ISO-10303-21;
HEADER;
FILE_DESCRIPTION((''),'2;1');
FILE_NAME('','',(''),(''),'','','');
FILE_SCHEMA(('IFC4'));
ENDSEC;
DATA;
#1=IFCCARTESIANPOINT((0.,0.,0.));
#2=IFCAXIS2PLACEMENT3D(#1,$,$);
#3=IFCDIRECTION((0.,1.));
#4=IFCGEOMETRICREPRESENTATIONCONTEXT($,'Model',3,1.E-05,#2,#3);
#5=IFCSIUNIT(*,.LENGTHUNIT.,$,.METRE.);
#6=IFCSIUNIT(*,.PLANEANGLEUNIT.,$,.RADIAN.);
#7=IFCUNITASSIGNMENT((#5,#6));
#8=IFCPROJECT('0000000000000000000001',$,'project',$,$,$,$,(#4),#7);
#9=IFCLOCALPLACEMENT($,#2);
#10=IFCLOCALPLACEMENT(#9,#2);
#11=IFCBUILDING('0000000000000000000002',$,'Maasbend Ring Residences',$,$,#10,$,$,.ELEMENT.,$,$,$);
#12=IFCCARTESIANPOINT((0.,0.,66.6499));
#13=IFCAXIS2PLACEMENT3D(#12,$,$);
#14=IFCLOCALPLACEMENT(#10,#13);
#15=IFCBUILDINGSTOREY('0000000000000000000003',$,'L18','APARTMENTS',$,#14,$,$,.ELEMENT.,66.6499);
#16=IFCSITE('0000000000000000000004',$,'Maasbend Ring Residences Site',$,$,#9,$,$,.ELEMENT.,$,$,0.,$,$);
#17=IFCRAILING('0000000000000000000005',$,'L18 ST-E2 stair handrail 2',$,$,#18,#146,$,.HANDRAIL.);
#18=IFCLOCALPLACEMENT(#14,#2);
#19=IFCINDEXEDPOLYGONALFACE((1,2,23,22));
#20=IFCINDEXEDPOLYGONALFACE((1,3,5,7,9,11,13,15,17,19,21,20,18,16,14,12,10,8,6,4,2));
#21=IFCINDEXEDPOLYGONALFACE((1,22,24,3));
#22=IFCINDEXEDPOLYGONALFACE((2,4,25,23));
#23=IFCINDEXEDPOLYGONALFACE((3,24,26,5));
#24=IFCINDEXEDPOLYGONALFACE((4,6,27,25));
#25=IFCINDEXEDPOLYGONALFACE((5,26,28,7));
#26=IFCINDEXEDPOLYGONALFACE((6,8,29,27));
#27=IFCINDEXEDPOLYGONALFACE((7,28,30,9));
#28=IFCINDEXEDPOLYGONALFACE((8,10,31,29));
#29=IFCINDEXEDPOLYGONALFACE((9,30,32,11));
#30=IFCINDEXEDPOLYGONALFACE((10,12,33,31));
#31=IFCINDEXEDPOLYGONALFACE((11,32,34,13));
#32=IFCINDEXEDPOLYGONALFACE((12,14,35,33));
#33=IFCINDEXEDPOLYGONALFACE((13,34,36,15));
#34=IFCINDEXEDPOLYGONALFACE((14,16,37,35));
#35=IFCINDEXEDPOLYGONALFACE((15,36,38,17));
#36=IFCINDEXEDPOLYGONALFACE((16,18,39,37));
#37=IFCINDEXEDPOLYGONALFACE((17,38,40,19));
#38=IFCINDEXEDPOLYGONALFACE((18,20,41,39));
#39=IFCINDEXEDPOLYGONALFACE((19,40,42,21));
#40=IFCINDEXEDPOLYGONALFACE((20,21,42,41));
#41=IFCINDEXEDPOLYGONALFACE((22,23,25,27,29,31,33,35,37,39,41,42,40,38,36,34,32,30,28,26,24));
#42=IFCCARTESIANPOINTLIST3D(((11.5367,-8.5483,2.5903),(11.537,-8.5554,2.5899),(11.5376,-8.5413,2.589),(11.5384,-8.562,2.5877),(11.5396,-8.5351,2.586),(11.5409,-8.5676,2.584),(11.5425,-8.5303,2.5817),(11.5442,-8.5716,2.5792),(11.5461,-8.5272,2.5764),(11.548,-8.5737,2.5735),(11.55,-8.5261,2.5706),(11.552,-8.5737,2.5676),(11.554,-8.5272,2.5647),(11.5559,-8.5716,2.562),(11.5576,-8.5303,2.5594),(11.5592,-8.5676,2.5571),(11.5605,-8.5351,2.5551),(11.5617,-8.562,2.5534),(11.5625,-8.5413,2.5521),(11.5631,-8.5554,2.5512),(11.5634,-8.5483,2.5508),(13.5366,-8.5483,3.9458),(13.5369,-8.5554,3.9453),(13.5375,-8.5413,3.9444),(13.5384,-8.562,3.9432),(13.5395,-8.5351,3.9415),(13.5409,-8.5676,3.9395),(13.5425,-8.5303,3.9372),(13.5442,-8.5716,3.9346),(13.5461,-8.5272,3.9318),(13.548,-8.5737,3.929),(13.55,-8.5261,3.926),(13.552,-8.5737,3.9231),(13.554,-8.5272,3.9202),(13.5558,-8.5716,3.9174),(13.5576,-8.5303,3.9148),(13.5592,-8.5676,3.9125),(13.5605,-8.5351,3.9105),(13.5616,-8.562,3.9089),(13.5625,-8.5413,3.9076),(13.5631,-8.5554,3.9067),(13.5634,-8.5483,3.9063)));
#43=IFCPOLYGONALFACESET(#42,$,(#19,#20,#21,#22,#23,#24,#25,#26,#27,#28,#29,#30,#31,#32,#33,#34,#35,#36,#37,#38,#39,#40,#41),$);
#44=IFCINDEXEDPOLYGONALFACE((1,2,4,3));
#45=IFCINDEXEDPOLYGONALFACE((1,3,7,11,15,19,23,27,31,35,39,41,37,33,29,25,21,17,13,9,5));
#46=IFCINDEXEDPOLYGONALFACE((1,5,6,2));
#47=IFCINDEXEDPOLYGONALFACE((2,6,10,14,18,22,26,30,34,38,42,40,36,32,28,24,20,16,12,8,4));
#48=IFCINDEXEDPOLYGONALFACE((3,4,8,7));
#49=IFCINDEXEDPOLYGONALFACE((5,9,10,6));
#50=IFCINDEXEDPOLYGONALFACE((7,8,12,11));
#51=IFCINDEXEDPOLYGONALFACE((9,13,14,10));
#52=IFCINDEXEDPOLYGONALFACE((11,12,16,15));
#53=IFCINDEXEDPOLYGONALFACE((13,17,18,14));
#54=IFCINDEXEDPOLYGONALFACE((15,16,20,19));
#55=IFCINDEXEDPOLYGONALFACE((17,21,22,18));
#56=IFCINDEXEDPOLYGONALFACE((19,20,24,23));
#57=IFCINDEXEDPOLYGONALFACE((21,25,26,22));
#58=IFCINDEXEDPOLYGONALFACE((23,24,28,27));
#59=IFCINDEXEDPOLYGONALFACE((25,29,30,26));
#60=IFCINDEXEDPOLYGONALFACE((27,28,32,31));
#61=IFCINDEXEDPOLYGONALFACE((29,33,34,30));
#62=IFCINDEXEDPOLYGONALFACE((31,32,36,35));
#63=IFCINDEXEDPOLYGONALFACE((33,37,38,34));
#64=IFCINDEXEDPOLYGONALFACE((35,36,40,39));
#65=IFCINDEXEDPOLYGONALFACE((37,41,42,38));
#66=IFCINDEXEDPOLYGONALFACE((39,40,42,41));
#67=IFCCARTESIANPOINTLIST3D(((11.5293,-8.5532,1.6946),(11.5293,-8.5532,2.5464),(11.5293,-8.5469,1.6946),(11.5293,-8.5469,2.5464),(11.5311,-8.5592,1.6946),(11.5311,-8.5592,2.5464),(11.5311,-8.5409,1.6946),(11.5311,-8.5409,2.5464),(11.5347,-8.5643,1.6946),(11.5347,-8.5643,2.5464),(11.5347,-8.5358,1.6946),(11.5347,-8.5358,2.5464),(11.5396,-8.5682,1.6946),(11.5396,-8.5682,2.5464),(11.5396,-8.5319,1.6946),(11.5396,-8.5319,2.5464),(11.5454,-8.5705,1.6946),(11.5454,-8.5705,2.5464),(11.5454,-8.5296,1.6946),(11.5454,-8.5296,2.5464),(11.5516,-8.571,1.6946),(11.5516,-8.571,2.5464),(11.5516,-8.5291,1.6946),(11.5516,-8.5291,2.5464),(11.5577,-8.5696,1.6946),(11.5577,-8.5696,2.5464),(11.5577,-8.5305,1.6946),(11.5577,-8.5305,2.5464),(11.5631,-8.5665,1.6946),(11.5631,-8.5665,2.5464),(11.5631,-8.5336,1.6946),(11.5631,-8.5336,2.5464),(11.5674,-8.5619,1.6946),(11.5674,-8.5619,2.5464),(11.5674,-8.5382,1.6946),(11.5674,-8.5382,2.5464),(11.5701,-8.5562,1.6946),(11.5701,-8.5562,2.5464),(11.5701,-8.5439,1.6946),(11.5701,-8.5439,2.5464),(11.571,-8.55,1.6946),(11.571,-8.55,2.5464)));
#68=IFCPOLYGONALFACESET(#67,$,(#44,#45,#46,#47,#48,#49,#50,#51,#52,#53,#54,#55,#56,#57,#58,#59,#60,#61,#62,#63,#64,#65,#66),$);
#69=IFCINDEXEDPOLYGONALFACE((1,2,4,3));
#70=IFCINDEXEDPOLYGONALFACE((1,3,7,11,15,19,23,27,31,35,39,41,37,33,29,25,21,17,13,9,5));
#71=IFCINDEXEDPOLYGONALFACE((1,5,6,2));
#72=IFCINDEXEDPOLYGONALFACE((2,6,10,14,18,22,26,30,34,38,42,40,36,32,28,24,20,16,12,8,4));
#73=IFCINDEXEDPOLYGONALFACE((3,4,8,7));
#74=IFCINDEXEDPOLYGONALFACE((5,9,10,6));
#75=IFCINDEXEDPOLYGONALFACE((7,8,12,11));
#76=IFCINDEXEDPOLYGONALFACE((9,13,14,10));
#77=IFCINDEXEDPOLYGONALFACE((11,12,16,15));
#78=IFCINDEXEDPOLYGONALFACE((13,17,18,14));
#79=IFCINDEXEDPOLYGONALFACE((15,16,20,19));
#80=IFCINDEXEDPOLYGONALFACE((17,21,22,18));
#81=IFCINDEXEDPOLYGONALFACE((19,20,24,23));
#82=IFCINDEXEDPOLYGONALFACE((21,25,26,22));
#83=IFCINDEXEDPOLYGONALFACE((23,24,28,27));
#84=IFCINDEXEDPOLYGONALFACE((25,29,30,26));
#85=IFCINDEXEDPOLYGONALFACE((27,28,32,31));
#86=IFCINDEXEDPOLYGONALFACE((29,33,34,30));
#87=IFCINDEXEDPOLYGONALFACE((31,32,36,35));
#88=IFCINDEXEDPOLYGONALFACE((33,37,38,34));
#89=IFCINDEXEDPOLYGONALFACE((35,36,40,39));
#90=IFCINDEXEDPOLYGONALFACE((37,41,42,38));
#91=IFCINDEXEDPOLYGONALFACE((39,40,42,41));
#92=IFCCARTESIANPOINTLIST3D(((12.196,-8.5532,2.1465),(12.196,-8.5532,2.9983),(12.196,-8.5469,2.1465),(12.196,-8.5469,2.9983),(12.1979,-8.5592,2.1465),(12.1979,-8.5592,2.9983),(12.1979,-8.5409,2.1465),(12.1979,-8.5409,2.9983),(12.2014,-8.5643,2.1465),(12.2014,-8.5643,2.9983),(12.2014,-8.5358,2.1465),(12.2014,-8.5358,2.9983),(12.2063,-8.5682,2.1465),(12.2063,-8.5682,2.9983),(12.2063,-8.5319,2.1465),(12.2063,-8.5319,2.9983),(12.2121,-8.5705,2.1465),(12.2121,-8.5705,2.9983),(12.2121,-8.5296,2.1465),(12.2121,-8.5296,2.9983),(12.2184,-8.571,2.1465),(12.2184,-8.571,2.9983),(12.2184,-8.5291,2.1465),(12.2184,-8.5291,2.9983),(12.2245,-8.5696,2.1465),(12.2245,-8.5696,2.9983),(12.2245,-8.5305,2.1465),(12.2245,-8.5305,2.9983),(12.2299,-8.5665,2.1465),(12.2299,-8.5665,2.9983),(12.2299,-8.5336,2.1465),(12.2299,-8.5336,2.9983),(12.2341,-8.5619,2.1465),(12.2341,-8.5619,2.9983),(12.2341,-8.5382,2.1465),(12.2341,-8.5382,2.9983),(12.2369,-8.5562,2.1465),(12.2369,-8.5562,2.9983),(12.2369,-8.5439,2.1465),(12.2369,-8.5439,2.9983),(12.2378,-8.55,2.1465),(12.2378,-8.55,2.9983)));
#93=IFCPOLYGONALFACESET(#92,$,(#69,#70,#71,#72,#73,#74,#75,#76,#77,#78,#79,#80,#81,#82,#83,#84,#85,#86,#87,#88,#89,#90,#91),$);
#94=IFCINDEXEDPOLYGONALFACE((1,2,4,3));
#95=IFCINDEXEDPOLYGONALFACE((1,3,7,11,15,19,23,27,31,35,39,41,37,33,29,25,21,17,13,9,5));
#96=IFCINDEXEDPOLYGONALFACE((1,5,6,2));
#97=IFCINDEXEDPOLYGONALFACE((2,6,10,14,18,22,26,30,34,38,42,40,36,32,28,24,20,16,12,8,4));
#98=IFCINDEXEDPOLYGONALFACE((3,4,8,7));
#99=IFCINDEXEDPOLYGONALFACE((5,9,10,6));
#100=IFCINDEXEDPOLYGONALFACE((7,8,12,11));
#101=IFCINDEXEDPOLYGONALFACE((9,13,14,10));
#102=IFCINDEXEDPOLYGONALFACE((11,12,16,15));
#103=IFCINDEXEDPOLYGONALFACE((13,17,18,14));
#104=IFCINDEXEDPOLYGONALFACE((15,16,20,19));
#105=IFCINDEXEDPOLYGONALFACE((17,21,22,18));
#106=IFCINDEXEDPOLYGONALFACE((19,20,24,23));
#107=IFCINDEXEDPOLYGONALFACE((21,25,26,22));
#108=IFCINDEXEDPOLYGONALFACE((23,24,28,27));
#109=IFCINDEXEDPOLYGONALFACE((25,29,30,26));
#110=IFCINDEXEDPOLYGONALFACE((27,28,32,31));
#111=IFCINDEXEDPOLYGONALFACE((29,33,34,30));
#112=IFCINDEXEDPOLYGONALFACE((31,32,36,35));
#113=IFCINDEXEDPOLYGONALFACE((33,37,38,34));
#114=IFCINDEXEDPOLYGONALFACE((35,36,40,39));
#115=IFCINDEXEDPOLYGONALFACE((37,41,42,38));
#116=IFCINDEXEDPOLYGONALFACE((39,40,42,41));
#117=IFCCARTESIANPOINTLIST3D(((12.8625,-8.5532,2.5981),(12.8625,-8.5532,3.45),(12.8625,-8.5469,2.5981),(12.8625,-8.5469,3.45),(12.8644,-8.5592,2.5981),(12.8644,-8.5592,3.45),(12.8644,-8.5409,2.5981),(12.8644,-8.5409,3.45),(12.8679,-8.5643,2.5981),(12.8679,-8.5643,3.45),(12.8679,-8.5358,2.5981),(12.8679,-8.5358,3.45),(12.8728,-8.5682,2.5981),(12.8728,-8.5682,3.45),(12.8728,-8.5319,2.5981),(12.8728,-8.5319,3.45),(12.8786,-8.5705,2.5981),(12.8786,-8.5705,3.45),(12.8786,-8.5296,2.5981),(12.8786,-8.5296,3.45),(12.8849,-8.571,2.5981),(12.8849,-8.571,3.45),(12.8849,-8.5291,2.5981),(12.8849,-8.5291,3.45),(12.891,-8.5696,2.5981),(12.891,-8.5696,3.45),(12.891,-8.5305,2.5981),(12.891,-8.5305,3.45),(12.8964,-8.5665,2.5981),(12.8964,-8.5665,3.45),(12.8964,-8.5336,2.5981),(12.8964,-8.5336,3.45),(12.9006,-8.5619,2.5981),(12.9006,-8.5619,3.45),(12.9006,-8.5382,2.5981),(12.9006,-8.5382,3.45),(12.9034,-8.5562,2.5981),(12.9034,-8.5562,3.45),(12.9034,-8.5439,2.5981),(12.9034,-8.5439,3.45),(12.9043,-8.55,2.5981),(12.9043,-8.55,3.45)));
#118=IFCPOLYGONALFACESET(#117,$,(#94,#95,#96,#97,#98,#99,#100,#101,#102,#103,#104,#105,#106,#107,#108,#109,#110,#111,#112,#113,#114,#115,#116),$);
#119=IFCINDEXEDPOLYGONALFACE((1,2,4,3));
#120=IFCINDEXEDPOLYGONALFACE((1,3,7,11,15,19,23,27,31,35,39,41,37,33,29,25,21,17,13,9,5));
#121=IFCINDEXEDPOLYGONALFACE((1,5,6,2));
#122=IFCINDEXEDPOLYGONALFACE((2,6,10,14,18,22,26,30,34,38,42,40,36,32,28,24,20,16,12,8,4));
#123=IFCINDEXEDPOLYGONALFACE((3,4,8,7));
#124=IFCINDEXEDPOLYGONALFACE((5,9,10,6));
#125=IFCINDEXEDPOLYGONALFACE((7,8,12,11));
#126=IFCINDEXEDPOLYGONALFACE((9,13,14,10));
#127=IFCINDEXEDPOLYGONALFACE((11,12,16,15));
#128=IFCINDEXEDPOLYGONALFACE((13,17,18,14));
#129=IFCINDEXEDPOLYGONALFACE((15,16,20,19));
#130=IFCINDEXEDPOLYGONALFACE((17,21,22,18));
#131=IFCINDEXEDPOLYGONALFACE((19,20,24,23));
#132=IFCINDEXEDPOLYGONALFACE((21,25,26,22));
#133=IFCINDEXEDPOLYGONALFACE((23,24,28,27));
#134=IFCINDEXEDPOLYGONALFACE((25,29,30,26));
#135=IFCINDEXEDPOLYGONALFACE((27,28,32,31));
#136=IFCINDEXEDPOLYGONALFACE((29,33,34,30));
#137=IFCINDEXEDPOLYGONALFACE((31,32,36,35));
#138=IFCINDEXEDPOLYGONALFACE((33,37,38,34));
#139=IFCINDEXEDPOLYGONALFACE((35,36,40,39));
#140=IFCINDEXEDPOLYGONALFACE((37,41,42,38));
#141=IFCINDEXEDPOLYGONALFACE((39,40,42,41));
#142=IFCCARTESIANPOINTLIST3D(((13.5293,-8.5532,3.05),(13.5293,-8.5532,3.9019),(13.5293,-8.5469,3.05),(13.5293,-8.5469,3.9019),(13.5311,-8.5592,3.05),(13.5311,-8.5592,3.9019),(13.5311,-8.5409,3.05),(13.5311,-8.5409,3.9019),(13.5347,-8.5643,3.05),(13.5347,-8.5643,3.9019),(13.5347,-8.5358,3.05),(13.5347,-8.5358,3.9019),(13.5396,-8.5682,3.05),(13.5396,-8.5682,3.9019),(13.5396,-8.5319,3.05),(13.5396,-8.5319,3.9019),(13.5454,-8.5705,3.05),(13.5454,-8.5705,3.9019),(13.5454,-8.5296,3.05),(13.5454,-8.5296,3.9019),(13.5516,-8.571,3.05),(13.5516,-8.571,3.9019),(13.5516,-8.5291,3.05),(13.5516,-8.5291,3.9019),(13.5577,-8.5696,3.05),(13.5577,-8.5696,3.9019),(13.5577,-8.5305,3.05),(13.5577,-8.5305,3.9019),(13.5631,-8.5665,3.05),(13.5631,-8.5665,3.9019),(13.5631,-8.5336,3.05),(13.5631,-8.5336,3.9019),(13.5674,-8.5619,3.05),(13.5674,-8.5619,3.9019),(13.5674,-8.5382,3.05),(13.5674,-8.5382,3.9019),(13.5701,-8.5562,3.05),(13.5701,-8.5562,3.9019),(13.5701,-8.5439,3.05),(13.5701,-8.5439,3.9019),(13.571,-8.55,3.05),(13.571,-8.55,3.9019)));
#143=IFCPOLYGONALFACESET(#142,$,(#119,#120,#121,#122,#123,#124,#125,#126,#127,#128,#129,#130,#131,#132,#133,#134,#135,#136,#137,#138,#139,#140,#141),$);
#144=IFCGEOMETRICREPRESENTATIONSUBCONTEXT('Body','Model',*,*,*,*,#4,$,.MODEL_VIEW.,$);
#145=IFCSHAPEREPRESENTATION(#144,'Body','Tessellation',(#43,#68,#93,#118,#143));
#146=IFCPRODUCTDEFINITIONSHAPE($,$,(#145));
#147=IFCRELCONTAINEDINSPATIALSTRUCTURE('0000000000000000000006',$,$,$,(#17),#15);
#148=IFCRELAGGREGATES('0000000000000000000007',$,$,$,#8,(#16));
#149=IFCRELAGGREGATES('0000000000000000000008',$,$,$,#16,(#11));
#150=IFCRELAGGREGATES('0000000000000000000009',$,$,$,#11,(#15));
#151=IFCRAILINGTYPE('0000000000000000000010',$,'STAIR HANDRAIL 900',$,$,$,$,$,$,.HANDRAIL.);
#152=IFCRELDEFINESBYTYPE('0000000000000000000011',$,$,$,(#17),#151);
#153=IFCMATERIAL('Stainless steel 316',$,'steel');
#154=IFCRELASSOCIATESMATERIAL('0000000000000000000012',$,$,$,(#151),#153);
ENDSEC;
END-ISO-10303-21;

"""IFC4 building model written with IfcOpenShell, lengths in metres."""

from ifc_helpers import new_model, si_unit, direction, frame, origin, origin_2d, place, context, subcontext, project, spatial, circle, extrude, material, type_object, element, save


model = new_model("IFC4")

# Units and contexts
model_context = context("Model", 3, precision=1e-05, world=origin(), true_north=direction((0.0, 1.0)))
body_context = subcontext(model_context, "Body", "Model", "MODEL_VIEW")
ifc_project = project(units=[si_unit("LENGTHUNIT", "METRE"), si_unit("PLANEANGLEUNIT", "RADIAN")], contexts=[model_context])

# Site, building, storey
site_placement = place(None, origin())
site = spatial("IfcSite", under=ifc_project, at=site_placement, Name="Maasbend Ring Residences Site", CompositionType="ELEMENT", RefElevation=0.0)
building_placement = place(site_placement, origin())
building = spatial("IfcBuilding", under=site, at=building_placement, Name="Maasbend Ring Residences", CompositionType="ELEMENT")
storey_placement = place(building_placement, frame((0.0, 0.0, 66.6499)))
storey = spatial("IfcBuildingStorey", under=building, at=storey_placement, Name="L18", Description="APARTMENTS", CompositionType="ELEMENT", Elevation=66.6499)

# Railing
ifc_material_1 = material(Name="Stainless steel 316", Category="steel")
railing_type_1 = type_object("IfcRailingType", Name="STAIR HANDRAIL 900", PredefinedType="HANDRAIL", material=ifc_material_1)
railing_1_placement = place(storey_placement, frame((11.55, -8.55, 1.6946)))
element("IfcRailing", 1, at=railing_1_placement, inside=storey, type_object=railing_type_1, Name="L18 ST-E2 stair handrail 2", PredefinedType="HANDRAIL", context=body_context, shape_type="SweptSolid", body=[
    extrude(circle(Radius=0.0239, at=origin_2d()), frame((0.0, 0.0, 0.876), z_axis=(0.827798, 0.0, 0.561027), x_axis=(0.0, 1.0, 0.0)), (0.0, 0.0, 1.0), 2.416),
    extrude(circle(Radius=0.021, at=origin_2d()), origin(), (0.0, 0.0, 1.0), 0.8518),
    extrude(circle(Radius=0.021, at=origin_2d()), frame((0.6667, 0.0, 0.4519)), (0.0, 0.0, 1.0), 0.8518),
    extrude(circle(Radius=0.021, at=origin_2d()), frame((1.3333, 0.0, 0.9036)), (0.0, 0.0, 1.0), 0.8518),
    extrude(circle(Radius=0.021, at=origin_2d()), frame((2.0, 0.0, 1.3555)), (0.0, 0.0, 1.0), 0.8518),
])

save(model, "model.ifc")
